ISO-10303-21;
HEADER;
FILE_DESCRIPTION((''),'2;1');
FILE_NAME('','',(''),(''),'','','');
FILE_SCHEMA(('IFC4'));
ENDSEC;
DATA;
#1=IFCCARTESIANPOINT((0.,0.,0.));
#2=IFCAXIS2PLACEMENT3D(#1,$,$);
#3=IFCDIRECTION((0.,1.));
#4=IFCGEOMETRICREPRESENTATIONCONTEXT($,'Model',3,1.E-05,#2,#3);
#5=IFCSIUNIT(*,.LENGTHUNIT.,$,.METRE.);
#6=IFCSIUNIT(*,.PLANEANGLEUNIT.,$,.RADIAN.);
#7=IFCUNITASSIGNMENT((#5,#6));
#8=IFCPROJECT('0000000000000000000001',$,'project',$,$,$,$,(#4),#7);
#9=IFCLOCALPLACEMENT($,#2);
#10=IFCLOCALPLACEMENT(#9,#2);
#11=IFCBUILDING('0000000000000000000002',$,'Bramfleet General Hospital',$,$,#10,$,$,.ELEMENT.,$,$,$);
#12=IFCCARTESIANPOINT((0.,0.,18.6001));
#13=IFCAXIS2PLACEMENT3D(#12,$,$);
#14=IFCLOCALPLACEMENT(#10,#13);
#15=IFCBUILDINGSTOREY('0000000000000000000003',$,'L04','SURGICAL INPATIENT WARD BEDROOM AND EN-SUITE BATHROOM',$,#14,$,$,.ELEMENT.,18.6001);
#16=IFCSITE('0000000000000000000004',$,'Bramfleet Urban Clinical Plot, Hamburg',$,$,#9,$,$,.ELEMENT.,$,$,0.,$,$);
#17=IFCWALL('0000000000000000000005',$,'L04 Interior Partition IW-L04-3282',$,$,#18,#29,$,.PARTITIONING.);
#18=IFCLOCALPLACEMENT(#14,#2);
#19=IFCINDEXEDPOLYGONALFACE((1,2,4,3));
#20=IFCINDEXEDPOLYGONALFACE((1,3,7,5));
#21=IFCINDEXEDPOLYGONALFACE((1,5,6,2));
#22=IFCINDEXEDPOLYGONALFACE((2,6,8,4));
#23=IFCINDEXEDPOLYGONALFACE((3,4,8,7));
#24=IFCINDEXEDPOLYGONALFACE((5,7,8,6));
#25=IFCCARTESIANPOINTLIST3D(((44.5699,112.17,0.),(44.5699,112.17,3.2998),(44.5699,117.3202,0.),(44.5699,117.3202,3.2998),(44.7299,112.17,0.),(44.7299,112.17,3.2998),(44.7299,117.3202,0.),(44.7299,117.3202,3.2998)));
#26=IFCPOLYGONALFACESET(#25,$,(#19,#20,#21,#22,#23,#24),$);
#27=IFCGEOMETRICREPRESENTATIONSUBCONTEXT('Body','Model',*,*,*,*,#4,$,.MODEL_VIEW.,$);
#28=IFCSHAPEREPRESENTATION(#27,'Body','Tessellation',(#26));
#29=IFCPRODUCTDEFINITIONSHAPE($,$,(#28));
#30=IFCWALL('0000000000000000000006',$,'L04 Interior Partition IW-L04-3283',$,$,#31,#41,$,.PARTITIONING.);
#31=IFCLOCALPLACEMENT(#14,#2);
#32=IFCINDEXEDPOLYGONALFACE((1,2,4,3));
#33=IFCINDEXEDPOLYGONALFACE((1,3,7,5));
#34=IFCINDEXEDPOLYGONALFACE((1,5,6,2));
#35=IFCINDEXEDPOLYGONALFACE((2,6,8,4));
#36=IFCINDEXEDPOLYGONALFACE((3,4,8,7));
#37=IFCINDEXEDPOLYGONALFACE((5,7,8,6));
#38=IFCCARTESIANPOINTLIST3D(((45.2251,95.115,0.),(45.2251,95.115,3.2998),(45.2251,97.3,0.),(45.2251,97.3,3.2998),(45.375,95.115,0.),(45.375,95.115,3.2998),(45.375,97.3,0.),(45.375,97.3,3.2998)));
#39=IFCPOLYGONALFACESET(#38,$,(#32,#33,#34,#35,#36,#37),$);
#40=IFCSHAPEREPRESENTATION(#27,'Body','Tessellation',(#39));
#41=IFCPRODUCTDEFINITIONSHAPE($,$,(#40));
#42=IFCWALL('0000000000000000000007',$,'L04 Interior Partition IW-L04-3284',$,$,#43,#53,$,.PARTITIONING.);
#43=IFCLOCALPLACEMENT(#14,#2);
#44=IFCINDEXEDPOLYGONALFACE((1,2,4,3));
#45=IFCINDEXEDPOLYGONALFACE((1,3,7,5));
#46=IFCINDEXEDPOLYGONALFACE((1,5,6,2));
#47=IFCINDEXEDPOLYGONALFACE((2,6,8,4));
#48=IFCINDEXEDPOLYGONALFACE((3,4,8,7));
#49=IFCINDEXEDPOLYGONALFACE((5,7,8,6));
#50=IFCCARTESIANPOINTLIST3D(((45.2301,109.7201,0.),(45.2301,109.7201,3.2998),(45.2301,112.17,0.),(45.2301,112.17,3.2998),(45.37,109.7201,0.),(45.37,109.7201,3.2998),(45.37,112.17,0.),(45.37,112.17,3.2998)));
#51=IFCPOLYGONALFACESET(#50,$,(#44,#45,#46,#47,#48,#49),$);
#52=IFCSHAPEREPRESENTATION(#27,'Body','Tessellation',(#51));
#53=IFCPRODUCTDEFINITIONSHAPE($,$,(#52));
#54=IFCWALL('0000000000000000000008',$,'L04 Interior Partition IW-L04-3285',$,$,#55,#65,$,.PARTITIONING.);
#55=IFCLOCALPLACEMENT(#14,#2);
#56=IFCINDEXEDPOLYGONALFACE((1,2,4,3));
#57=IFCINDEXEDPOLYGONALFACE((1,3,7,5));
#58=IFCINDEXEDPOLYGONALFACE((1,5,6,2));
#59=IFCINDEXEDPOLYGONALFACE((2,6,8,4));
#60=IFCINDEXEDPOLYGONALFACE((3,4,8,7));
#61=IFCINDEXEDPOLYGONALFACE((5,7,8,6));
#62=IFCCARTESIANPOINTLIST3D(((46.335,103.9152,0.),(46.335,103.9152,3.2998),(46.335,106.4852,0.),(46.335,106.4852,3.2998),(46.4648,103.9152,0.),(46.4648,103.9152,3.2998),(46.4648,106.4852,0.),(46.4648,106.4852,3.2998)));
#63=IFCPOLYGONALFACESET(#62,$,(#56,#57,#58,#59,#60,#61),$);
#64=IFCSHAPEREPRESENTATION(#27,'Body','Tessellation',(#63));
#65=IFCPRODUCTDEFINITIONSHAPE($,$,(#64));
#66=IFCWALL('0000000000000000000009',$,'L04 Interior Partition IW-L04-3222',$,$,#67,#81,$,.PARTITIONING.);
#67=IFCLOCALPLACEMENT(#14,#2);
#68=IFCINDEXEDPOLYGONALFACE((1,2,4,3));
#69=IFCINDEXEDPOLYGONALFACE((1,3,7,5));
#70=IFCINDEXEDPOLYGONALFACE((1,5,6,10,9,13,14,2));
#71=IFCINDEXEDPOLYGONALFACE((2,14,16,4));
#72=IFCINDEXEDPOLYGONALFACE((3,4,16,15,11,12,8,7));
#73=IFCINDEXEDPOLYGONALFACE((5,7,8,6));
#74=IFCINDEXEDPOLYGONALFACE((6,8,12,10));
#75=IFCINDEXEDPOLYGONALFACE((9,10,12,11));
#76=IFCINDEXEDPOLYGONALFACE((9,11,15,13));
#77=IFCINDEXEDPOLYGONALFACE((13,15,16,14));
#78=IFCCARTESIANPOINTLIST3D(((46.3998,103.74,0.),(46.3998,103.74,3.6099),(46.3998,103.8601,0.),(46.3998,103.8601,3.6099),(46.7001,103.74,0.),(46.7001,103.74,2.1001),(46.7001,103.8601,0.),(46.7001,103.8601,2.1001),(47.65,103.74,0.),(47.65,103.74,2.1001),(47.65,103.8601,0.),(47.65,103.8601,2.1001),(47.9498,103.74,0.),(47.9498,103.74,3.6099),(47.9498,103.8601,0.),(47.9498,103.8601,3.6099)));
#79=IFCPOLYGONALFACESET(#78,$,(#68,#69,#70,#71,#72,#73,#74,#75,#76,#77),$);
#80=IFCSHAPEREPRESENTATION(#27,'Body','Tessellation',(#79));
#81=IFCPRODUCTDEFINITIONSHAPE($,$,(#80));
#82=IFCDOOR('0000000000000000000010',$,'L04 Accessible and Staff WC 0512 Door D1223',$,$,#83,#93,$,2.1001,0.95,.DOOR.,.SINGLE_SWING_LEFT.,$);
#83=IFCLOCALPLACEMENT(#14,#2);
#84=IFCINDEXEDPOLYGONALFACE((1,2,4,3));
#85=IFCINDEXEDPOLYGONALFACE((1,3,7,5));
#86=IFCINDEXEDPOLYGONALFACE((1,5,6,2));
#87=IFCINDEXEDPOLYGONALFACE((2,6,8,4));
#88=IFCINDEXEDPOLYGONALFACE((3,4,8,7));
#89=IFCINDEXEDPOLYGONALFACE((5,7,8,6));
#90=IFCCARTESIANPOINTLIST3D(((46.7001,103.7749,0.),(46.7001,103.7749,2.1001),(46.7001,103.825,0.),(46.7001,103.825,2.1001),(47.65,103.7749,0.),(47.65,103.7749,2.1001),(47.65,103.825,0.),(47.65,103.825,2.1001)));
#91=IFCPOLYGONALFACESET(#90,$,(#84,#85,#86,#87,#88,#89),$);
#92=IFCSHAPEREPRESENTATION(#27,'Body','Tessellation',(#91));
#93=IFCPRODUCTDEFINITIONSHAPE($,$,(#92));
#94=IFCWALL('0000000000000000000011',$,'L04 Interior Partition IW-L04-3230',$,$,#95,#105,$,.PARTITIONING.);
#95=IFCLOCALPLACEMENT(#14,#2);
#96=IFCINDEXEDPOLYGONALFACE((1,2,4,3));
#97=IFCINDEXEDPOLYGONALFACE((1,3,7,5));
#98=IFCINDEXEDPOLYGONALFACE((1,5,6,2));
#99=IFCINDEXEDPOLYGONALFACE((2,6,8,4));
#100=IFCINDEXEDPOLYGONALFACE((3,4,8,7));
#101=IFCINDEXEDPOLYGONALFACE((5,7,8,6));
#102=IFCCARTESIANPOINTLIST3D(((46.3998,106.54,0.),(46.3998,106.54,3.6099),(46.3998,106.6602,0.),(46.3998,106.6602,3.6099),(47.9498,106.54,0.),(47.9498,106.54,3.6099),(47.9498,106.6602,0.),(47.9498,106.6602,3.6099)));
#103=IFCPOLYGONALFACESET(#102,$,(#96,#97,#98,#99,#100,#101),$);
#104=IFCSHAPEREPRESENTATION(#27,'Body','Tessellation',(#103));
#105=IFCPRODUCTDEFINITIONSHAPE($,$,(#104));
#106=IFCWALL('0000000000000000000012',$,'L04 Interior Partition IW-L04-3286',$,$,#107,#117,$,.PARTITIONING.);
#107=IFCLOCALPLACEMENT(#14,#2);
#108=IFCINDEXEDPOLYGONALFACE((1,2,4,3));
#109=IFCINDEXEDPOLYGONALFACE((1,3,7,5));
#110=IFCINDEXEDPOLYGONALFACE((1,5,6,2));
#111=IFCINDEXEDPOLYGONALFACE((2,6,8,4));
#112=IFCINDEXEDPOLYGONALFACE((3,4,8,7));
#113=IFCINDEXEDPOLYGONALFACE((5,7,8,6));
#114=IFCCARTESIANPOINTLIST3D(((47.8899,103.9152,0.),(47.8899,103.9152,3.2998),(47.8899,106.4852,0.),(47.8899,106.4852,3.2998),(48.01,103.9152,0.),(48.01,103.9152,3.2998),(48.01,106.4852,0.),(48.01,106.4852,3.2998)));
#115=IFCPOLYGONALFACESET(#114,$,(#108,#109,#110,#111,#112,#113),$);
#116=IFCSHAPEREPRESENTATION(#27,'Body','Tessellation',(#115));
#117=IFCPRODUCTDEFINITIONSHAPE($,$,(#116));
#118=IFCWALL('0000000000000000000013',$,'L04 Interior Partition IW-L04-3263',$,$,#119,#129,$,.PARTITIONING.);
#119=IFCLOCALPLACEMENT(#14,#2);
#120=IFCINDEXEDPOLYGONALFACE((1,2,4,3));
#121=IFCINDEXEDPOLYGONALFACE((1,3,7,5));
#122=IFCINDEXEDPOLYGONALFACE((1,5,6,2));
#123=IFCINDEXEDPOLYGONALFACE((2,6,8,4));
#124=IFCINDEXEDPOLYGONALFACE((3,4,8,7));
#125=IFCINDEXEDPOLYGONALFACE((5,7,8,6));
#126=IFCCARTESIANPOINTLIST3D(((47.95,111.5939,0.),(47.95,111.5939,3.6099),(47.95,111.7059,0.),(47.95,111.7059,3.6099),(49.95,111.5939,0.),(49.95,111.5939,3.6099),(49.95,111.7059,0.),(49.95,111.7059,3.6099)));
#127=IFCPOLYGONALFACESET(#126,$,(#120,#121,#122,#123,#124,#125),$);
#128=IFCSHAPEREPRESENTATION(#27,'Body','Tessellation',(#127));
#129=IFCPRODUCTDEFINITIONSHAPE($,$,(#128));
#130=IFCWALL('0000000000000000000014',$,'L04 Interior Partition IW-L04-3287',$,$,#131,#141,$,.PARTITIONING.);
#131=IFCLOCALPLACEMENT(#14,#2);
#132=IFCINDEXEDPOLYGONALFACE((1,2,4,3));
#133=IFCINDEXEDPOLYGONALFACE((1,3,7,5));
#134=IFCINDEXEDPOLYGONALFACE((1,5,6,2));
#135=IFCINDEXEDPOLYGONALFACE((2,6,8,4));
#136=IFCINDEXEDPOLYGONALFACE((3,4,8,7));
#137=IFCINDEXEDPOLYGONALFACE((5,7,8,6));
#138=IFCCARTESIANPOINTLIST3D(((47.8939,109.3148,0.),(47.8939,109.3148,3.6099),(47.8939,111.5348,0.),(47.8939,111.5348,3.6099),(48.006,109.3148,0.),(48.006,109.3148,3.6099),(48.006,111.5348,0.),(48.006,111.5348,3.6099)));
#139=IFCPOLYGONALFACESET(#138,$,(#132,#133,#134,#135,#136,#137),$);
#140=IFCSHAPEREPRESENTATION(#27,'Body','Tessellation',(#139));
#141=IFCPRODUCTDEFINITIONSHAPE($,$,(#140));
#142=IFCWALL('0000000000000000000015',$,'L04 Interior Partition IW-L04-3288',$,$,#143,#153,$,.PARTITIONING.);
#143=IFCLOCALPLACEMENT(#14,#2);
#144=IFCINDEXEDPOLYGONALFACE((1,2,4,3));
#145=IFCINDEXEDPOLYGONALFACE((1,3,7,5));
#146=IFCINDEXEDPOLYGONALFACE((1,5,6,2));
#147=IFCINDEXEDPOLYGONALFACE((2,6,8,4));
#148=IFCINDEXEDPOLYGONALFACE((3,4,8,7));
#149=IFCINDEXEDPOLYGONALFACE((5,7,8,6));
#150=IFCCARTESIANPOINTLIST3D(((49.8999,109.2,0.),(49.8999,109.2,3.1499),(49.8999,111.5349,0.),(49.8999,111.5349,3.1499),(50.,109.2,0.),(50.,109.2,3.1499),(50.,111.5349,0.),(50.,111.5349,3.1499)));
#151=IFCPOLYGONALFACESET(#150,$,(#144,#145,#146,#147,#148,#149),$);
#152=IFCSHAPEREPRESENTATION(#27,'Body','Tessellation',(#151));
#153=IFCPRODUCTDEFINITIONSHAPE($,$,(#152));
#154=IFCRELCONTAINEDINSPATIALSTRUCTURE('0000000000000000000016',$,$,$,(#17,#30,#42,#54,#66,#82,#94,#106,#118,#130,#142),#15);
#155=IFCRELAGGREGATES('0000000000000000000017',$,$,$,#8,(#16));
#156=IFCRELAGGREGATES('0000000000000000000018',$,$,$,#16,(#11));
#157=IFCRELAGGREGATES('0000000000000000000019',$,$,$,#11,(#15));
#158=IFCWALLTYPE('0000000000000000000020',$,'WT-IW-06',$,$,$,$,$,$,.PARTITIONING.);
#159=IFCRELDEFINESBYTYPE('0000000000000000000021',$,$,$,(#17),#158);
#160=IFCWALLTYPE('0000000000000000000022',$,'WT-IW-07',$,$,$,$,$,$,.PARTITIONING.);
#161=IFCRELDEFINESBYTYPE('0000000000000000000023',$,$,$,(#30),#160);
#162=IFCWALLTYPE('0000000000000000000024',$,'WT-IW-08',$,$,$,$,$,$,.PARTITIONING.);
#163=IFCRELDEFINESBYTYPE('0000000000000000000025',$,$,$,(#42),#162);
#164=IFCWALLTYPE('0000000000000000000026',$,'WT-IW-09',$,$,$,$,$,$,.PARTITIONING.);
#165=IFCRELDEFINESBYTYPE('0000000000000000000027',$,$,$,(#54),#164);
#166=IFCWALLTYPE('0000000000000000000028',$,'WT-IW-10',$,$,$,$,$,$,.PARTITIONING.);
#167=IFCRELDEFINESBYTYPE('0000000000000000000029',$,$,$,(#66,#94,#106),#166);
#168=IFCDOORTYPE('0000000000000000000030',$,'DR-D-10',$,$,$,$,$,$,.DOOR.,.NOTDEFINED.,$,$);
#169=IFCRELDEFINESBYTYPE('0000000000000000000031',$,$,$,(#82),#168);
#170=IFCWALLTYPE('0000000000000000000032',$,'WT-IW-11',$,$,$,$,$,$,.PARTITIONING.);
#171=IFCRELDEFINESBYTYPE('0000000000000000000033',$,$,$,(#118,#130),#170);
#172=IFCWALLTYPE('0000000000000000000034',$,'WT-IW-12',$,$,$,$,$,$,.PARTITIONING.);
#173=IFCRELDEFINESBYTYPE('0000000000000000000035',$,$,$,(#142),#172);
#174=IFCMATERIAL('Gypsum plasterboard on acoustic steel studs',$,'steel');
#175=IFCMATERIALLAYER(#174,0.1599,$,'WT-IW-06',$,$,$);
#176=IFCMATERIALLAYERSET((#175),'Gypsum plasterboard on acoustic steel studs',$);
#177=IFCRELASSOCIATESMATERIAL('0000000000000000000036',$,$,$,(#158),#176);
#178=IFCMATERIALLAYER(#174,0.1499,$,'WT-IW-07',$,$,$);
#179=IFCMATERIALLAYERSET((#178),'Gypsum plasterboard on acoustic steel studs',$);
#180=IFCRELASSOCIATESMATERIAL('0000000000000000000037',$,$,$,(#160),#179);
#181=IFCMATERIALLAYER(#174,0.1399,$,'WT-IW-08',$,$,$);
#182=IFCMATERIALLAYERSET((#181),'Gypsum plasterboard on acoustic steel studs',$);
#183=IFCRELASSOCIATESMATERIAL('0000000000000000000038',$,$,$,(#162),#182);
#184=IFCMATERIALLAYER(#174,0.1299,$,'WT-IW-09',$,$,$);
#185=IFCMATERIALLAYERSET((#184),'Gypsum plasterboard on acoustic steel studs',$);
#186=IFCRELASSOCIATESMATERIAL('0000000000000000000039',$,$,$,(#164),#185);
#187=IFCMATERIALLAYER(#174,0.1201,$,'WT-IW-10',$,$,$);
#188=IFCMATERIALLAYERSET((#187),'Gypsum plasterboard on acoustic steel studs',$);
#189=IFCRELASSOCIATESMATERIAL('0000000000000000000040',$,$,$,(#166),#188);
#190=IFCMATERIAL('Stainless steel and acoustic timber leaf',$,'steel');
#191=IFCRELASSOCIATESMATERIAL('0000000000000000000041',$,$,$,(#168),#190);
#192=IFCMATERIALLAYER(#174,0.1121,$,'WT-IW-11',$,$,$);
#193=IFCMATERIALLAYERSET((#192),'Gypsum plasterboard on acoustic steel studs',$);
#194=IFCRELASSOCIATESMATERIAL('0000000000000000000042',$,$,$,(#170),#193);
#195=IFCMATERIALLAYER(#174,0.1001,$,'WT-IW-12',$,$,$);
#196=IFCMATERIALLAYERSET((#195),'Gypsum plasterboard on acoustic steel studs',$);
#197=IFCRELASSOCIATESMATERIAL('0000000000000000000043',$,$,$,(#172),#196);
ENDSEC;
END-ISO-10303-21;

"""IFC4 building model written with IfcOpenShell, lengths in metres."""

from ifc_helpers import new_model, si_unit, direction, frame, frame_2d, origin, place, context, subcontext, project, spatial, rectangle, extrude, material, layer, layer_set, type_object, element, fill, save


model = new_model("IFC4")

# Units and contexts
model_context = context("Model", 3, precision=1e-05, world=origin(), true_north=direction((0.0, 1.0)))
body_context = subcontext(model_context, "Body", "Model", "MODEL_VIEW")
ifc_project = project(units=[si_unit("LENGTHUNIT", "METRE"), si_unit("PLANEANGLEUNIT", "RADIAN")], contexts=[model_context])

# Site, building, storey
site_placement = place(None, origin())
site = spatial("IfcSite", under=ifc_project, at=site_placement, Name="Bramfleet Urban Clinical Plot, Hamburg", CompositionType="ELEMENT", RefElevation=0.0)
building_placement = place(site_placement, origin())
building = spatial("IfcBuilding", under=site, at=building_placement, Name="Bramfleet General Hospital", CompositionType="ELEMENT")
storey_placement = place(building_placement, frame((0.0, 0.0, 18.6001)))
storey = spatial("IfcBuildingStorey", under=building, at=storey_placement, Name="L04", Description="SURGICAL INPATIENT WARD BEDROOM AND EN-SUITE BATHROOM", CompositionType="ELEMENT", Elevation=18.6001)

# Shared definitions
ifc_material_1 = material(Name="Stainless steel and acoustic timber leaf", Category="steel")

# Shared definitions
ifc_material_2 = material(Name="Gypsum plasterboard on acoustic steel studs", Category="steel")

# Walls
ifc_layer_1 = layer(ifc_material_2, 0.1599, Name="WT-IW-06")
ifc_layer_set_1 = layer_set([ifc_layer_1], Name="Gypsum plasterboard on acoustic steel studs")
wall_type_1 = type_object("IfcWallType", Name="WT-IW-06", PredefinedType="PARTITIONING", material=ifc_layer_set_1)
wall_1_placement = place(storey_placement, frame((44.6499, 112.1699, 0.0), z_axis=(0.0, 0.0, 1.0), x_axis=(0.0, 1.0, 0.0)))
element("IfcWall", 1, at=wall_1_placement, inside=storey, type_object=wall_type_1, Name="L04 Interior Partition IW-L04-3282", PredefinedType="PARTITIONING", context=body_context, shape_type="SweptSolid", body=[
    extrude(rectangle(XDim=5.1501, YDim=0.1599, at=frame_2d((2.5752, 0.0))), origin(), (0.0, 0.0, 1.0), 3.2998),
])
ifc_layer_2 = layer(ifc_material_2, 0.1499, Name="WT-IW-07")
ifc_layer_set_2 = layer_set([ifc_layer_2], Name="Gypsum plasterboard on acoustic steel studs")
wall_type_2 = type_object("IfcWallType", Name="WT-IW-07", PredefinedType="PARTITIONING", material=ifc_layer_set_2)
wall_2_placement = place(storey_placement, frame((45.3, 95.115, 0.0), z_axis=(0.0, 0.0, 1.0), x_axis=(0.0, 1.0, 0.0)))
element("IfcWall", 2, at=wall_2_placement, inside=storey, type_object=wall_type_2, Name="L04 Interior Partition IW-L04-3283", PredefinedType="PARTITIONING", context=body_context, shape_type="SweptSolid", body=[
    extrude(rectangle(XDim=2.1851, YDim=0.1499, at=frame_2d((1.0925, 0.0))), origin(), (0.0, 0.0, 1.0), 3.2998),
])
ifc_layer_3 = layer(ifc_material_2, 0.1399, Name="WT-IW-08")
ifc_layer_set_3 = layer_set([ifc_layer_3], Name="Gypsum plasterboard on acoustic steel studs")
wall_type_3 = type_object("IfcWallType", Name="WT-IW-08", PredefinedType="PARTITIONING", material=ifc_layer_set_3)
wall_3_placement = place(storey_placement, frame((45.3, 109.72, 0.0), z_axis=(0.0, 0.0, 1.0), x_axis=(0.0, 1.0, 0.0)))
element("IfcWall", 3, at=wall_3_placement, inside=storey, type_object=wall_type_3, Name="L04 Interior Partition IW-L04-3284", PredefinedType="PARTITIONING", context=body_context, shape_type="SweptSolid", body=[
    extrude(rectangle(XDim=2.45, YDim=0.1399, at=frame_2d((1.2251, 0.0))), origin(), (0.0, 0.0, 1.0), 3.2998),
])
ifc_layer_4 = layer(ifc_material_2, 0.1299, Name="WT-IW-09")
ifc_layer_set_4 = layer_set([ifc_layer_4], Name="Gypsum plasterboard on acoustic steel studs")
wall_type_4 = type_object("IfcWallType", Name="WT-IW-09", PredefinedType="PARTITIONING", material=ifc_layer_set_4)
wall_4_placement = place(storey_placement, frame((46.3999, 103.915, 0.0), z_axis=(0.0, 0.0, 1.0), x_axis=(0.0, 1.0, 0.0)))
element("IfcWall", 4, at=wall_4_placement, inside=storey, type_object=wall_type_4, Name="L04 Interior Partition IW-L04-3285", PredefinedType="PARTITIONING", context=body_context, shape_type="SweptSolid", body=[
    extrude(rectangle(XDim=2.5701, YDim=0.1299, at=frame_2d((1.2852, 0.0))), origin(), (0.0, 0.0, 1.0), 3.2998),
])

# Wall, opening, door
ifc_layer_5 = layer(ifc_material_2, 0.1201, Name="WT-IW-10")
ifc_layer_set_5 = layer_set([ifc_layer_5], Name="Gypsum plasterboard on acoustic steel studs")
wall_type_5 = type_object("IfcWallType", Name="WT-IW-10", PredefinedType="PARTITIONING", material=ifc_layer_set_5)
wall_5_placement = place(storey_placement, frame((46.3999, 103.8, 0.0), z_axis=(0.0, 0.0, 1.0), x_axis=(1.0, 0.0, 0.0)))
wall_5 = element("IfcWall", 5, at=wall_5_placement, inside=storey, type_object=wall_type_5, Name="L04 Interior Partition IW-L04-3222", PredefinedType="PARTITIONING", context=body_context, shape_type="SweptSolid", body=[
    extrude(rectangle(XDim=1.55, YDim=0.1201, at=frame_2d((0.7749, 0.0))), origin(), (0.0, 0.0, 1.0), 3.6099),
])
opening_1_placement = place(wall_5_placement, frame((0.3, 0.0, 0.0)))
opening_1 = element("IfcOpeningElement", 6, at=opening_1_placement, cuts=wall_5, PredefinedType="OPENING", context=body_context, shape_type="SweptSolid", body=[
    extrude(rectangle(XDim=0.95, YDim=2.1001, at=frame_2d((0.4751, 1.05))), frame((0.0, 0.0701, 0.0), z_axis=(0.0, -1.0, 0.0), x_axis=(1.0, 0.0, 0.0)), (0.0, 0.0, 1.0), 0.1401),
])
door_type_1 = type_object("IfcDoorType", Name="DR-D-10", OperationType="NOTDEFINED", PredefinedType="DOOR", material=ifc_material_1)
door_1_placement = place(opening_1_placement, origin())
door_1 = element("IfcDoor", 7, at=door_1_placement, inside=storey, type_object=door_type_1, Name="L04 Accessible and Staff WC 0512 Door D1223", OperationType="SINGLE_SWING_LEFT", OverallHeight=2.1001, OverallWidth=0.95, PredefinedType="DOOR", context=body_context, shape_type="SweptSolid", body=[
    extrude(rectangle(XDim=0.95, YDim=2.1001, at=frame_2d((0.4751, 1.05))), frame((0.0, 0.0249, 0.0), z_axis=(0.0, -1.0, 0.0), x_axis=(1.0, 0.0, 0.0)), (0.0, 0.0, 1.0), 0.05),
])
fill(opening_1, door_1)

# Walls
wall_6_placement = place(storey_placement, frame((46.3999, 106.6001, 0.0), z_axis=(0.0, 0.0, 1.0), x_axis=(1.0, 0.0, 0.0)))
element("IfcWall", 8, at=wall_6_placement, inside=storey, type_object=wall_type_5, Name="L04 Interior Partition IW-L04-3230", PredefinedType="PARTITIONING", context=body_context, shape_type="SweptSolid", body=[
    extrude(rectangle(XDim=1.55, YDim=0.1201, at=frame_2d((0.7749, 0.0))), origin(), (0.0, 0.0, 1.0), 3.6099),
])
wall_7_placement = place(storey_placement, frame((47.95, 103.915, 0.0), z_axis=(0.0, 0.0, 1.0), x_axis=(0.0, 1.0, 0.0)))
element("IfcWall", 9, at=wall_7_placement, inside=storey, type_object=wall_type_5, Name="L04 Interior Partition IW-L04-3286", PredefinedType="PARTITIONING", context=body_context, shape_type="SweptSolid", body=[
    extrude(rectangle(XDim=2.5701, YDim=0.1201, at=frame_2d((1.2852, 0.0))), origin(), (0.0, 0.0, 1.0), 3.2998),
])
ifc_layer_6 = layer(ifc_material_2, 0.1121, Name="WT-IW-11")
ifc_layer_set_6 = layer_set([ifc_layer_6], Name="Gypsum plasterboard on acoustic steel studs")
wall_type_6 = type_object("IfcWallType", Name="WT-IW-11", PredefinedType="PARTITIONING", material=ifc_layer_set_6)
wall_8_placement = place(storey_placement, frame((47.95, 111.6499, 0.0), z_axis=(0.0, 0.0, 1.0), x_axis=(1.0, 0.0, 0.0)))
element("IfcWall", 10, at=wall_8_placement, inside=storey, type_object=wall_type_6, Name="L04 Interior Partition IW-L04-3263", PredefinedType="PARTITIONING", context=body_context, shape_type="SweptSolid", body=[
    extrude(rectangle(XDim=2.0, YDim=0.1121, at=frame_2d((1.0, 0.0))), origin(), (0.0, 0.0, 1.0), 3.6099),
])
wall_9_placement = place(storey_placement, frame((47.95, 109.3149, 0.0), z_axis=(0.0, 0.0, 1.0), x_axis=(0.0, 1.0, 0.0)))
element("IfcWall", 11, at=wall_9_placement, inside=storey, type_object=wall_type_6, Name="L04 Interior Partition IW-L04-3287", PredefinedType="PARTITIONING", context=body_context, shape_type="SweptSolid", body=[
    extrude(rectangle(XDim=2.22, YDim=0.1121, at=frame_2d((1.1099, 0.0))), origin(), (0.0, 0.0, 1.0), 3.6099),
])
ifc_layer_7 = layer(ifc_material_2, 0.1001, Name="WT-IW-12")
ifc_layer_set_7 = layer_set([ifc_layer_7], Name="Gypsum plasterboard on acoustic steel studs")
wall_type_7 = type_object("IfcWallType", Name="WT-IW-12", PredefinedType="PARTITIONING", material=ifc_layer_set_7)
wall_10_placement = place(storey_placement, frame((49.95, 109.2, 0.0), z_axis=(0.0, 0.0, 1.0), x_axis=(0.0, 1.0, 0.0)))
element("IfcWall", 12, at=wall_10_placement, inside=storey, type_object=wall_type_7, Name="L04 Interior Partition IW-L04-3288", PredefinedType="PARTITIONING", context=body_context, shape_type="SweptSolid", body=[
    extrude(rectangle(XDim=2.335, YDim=0.1001, at=frame_2d((1.1675, 0.0))), origin(), (0.0, 0.0, 1.0), 3.1499),
])

save(model, "model.ifc")
